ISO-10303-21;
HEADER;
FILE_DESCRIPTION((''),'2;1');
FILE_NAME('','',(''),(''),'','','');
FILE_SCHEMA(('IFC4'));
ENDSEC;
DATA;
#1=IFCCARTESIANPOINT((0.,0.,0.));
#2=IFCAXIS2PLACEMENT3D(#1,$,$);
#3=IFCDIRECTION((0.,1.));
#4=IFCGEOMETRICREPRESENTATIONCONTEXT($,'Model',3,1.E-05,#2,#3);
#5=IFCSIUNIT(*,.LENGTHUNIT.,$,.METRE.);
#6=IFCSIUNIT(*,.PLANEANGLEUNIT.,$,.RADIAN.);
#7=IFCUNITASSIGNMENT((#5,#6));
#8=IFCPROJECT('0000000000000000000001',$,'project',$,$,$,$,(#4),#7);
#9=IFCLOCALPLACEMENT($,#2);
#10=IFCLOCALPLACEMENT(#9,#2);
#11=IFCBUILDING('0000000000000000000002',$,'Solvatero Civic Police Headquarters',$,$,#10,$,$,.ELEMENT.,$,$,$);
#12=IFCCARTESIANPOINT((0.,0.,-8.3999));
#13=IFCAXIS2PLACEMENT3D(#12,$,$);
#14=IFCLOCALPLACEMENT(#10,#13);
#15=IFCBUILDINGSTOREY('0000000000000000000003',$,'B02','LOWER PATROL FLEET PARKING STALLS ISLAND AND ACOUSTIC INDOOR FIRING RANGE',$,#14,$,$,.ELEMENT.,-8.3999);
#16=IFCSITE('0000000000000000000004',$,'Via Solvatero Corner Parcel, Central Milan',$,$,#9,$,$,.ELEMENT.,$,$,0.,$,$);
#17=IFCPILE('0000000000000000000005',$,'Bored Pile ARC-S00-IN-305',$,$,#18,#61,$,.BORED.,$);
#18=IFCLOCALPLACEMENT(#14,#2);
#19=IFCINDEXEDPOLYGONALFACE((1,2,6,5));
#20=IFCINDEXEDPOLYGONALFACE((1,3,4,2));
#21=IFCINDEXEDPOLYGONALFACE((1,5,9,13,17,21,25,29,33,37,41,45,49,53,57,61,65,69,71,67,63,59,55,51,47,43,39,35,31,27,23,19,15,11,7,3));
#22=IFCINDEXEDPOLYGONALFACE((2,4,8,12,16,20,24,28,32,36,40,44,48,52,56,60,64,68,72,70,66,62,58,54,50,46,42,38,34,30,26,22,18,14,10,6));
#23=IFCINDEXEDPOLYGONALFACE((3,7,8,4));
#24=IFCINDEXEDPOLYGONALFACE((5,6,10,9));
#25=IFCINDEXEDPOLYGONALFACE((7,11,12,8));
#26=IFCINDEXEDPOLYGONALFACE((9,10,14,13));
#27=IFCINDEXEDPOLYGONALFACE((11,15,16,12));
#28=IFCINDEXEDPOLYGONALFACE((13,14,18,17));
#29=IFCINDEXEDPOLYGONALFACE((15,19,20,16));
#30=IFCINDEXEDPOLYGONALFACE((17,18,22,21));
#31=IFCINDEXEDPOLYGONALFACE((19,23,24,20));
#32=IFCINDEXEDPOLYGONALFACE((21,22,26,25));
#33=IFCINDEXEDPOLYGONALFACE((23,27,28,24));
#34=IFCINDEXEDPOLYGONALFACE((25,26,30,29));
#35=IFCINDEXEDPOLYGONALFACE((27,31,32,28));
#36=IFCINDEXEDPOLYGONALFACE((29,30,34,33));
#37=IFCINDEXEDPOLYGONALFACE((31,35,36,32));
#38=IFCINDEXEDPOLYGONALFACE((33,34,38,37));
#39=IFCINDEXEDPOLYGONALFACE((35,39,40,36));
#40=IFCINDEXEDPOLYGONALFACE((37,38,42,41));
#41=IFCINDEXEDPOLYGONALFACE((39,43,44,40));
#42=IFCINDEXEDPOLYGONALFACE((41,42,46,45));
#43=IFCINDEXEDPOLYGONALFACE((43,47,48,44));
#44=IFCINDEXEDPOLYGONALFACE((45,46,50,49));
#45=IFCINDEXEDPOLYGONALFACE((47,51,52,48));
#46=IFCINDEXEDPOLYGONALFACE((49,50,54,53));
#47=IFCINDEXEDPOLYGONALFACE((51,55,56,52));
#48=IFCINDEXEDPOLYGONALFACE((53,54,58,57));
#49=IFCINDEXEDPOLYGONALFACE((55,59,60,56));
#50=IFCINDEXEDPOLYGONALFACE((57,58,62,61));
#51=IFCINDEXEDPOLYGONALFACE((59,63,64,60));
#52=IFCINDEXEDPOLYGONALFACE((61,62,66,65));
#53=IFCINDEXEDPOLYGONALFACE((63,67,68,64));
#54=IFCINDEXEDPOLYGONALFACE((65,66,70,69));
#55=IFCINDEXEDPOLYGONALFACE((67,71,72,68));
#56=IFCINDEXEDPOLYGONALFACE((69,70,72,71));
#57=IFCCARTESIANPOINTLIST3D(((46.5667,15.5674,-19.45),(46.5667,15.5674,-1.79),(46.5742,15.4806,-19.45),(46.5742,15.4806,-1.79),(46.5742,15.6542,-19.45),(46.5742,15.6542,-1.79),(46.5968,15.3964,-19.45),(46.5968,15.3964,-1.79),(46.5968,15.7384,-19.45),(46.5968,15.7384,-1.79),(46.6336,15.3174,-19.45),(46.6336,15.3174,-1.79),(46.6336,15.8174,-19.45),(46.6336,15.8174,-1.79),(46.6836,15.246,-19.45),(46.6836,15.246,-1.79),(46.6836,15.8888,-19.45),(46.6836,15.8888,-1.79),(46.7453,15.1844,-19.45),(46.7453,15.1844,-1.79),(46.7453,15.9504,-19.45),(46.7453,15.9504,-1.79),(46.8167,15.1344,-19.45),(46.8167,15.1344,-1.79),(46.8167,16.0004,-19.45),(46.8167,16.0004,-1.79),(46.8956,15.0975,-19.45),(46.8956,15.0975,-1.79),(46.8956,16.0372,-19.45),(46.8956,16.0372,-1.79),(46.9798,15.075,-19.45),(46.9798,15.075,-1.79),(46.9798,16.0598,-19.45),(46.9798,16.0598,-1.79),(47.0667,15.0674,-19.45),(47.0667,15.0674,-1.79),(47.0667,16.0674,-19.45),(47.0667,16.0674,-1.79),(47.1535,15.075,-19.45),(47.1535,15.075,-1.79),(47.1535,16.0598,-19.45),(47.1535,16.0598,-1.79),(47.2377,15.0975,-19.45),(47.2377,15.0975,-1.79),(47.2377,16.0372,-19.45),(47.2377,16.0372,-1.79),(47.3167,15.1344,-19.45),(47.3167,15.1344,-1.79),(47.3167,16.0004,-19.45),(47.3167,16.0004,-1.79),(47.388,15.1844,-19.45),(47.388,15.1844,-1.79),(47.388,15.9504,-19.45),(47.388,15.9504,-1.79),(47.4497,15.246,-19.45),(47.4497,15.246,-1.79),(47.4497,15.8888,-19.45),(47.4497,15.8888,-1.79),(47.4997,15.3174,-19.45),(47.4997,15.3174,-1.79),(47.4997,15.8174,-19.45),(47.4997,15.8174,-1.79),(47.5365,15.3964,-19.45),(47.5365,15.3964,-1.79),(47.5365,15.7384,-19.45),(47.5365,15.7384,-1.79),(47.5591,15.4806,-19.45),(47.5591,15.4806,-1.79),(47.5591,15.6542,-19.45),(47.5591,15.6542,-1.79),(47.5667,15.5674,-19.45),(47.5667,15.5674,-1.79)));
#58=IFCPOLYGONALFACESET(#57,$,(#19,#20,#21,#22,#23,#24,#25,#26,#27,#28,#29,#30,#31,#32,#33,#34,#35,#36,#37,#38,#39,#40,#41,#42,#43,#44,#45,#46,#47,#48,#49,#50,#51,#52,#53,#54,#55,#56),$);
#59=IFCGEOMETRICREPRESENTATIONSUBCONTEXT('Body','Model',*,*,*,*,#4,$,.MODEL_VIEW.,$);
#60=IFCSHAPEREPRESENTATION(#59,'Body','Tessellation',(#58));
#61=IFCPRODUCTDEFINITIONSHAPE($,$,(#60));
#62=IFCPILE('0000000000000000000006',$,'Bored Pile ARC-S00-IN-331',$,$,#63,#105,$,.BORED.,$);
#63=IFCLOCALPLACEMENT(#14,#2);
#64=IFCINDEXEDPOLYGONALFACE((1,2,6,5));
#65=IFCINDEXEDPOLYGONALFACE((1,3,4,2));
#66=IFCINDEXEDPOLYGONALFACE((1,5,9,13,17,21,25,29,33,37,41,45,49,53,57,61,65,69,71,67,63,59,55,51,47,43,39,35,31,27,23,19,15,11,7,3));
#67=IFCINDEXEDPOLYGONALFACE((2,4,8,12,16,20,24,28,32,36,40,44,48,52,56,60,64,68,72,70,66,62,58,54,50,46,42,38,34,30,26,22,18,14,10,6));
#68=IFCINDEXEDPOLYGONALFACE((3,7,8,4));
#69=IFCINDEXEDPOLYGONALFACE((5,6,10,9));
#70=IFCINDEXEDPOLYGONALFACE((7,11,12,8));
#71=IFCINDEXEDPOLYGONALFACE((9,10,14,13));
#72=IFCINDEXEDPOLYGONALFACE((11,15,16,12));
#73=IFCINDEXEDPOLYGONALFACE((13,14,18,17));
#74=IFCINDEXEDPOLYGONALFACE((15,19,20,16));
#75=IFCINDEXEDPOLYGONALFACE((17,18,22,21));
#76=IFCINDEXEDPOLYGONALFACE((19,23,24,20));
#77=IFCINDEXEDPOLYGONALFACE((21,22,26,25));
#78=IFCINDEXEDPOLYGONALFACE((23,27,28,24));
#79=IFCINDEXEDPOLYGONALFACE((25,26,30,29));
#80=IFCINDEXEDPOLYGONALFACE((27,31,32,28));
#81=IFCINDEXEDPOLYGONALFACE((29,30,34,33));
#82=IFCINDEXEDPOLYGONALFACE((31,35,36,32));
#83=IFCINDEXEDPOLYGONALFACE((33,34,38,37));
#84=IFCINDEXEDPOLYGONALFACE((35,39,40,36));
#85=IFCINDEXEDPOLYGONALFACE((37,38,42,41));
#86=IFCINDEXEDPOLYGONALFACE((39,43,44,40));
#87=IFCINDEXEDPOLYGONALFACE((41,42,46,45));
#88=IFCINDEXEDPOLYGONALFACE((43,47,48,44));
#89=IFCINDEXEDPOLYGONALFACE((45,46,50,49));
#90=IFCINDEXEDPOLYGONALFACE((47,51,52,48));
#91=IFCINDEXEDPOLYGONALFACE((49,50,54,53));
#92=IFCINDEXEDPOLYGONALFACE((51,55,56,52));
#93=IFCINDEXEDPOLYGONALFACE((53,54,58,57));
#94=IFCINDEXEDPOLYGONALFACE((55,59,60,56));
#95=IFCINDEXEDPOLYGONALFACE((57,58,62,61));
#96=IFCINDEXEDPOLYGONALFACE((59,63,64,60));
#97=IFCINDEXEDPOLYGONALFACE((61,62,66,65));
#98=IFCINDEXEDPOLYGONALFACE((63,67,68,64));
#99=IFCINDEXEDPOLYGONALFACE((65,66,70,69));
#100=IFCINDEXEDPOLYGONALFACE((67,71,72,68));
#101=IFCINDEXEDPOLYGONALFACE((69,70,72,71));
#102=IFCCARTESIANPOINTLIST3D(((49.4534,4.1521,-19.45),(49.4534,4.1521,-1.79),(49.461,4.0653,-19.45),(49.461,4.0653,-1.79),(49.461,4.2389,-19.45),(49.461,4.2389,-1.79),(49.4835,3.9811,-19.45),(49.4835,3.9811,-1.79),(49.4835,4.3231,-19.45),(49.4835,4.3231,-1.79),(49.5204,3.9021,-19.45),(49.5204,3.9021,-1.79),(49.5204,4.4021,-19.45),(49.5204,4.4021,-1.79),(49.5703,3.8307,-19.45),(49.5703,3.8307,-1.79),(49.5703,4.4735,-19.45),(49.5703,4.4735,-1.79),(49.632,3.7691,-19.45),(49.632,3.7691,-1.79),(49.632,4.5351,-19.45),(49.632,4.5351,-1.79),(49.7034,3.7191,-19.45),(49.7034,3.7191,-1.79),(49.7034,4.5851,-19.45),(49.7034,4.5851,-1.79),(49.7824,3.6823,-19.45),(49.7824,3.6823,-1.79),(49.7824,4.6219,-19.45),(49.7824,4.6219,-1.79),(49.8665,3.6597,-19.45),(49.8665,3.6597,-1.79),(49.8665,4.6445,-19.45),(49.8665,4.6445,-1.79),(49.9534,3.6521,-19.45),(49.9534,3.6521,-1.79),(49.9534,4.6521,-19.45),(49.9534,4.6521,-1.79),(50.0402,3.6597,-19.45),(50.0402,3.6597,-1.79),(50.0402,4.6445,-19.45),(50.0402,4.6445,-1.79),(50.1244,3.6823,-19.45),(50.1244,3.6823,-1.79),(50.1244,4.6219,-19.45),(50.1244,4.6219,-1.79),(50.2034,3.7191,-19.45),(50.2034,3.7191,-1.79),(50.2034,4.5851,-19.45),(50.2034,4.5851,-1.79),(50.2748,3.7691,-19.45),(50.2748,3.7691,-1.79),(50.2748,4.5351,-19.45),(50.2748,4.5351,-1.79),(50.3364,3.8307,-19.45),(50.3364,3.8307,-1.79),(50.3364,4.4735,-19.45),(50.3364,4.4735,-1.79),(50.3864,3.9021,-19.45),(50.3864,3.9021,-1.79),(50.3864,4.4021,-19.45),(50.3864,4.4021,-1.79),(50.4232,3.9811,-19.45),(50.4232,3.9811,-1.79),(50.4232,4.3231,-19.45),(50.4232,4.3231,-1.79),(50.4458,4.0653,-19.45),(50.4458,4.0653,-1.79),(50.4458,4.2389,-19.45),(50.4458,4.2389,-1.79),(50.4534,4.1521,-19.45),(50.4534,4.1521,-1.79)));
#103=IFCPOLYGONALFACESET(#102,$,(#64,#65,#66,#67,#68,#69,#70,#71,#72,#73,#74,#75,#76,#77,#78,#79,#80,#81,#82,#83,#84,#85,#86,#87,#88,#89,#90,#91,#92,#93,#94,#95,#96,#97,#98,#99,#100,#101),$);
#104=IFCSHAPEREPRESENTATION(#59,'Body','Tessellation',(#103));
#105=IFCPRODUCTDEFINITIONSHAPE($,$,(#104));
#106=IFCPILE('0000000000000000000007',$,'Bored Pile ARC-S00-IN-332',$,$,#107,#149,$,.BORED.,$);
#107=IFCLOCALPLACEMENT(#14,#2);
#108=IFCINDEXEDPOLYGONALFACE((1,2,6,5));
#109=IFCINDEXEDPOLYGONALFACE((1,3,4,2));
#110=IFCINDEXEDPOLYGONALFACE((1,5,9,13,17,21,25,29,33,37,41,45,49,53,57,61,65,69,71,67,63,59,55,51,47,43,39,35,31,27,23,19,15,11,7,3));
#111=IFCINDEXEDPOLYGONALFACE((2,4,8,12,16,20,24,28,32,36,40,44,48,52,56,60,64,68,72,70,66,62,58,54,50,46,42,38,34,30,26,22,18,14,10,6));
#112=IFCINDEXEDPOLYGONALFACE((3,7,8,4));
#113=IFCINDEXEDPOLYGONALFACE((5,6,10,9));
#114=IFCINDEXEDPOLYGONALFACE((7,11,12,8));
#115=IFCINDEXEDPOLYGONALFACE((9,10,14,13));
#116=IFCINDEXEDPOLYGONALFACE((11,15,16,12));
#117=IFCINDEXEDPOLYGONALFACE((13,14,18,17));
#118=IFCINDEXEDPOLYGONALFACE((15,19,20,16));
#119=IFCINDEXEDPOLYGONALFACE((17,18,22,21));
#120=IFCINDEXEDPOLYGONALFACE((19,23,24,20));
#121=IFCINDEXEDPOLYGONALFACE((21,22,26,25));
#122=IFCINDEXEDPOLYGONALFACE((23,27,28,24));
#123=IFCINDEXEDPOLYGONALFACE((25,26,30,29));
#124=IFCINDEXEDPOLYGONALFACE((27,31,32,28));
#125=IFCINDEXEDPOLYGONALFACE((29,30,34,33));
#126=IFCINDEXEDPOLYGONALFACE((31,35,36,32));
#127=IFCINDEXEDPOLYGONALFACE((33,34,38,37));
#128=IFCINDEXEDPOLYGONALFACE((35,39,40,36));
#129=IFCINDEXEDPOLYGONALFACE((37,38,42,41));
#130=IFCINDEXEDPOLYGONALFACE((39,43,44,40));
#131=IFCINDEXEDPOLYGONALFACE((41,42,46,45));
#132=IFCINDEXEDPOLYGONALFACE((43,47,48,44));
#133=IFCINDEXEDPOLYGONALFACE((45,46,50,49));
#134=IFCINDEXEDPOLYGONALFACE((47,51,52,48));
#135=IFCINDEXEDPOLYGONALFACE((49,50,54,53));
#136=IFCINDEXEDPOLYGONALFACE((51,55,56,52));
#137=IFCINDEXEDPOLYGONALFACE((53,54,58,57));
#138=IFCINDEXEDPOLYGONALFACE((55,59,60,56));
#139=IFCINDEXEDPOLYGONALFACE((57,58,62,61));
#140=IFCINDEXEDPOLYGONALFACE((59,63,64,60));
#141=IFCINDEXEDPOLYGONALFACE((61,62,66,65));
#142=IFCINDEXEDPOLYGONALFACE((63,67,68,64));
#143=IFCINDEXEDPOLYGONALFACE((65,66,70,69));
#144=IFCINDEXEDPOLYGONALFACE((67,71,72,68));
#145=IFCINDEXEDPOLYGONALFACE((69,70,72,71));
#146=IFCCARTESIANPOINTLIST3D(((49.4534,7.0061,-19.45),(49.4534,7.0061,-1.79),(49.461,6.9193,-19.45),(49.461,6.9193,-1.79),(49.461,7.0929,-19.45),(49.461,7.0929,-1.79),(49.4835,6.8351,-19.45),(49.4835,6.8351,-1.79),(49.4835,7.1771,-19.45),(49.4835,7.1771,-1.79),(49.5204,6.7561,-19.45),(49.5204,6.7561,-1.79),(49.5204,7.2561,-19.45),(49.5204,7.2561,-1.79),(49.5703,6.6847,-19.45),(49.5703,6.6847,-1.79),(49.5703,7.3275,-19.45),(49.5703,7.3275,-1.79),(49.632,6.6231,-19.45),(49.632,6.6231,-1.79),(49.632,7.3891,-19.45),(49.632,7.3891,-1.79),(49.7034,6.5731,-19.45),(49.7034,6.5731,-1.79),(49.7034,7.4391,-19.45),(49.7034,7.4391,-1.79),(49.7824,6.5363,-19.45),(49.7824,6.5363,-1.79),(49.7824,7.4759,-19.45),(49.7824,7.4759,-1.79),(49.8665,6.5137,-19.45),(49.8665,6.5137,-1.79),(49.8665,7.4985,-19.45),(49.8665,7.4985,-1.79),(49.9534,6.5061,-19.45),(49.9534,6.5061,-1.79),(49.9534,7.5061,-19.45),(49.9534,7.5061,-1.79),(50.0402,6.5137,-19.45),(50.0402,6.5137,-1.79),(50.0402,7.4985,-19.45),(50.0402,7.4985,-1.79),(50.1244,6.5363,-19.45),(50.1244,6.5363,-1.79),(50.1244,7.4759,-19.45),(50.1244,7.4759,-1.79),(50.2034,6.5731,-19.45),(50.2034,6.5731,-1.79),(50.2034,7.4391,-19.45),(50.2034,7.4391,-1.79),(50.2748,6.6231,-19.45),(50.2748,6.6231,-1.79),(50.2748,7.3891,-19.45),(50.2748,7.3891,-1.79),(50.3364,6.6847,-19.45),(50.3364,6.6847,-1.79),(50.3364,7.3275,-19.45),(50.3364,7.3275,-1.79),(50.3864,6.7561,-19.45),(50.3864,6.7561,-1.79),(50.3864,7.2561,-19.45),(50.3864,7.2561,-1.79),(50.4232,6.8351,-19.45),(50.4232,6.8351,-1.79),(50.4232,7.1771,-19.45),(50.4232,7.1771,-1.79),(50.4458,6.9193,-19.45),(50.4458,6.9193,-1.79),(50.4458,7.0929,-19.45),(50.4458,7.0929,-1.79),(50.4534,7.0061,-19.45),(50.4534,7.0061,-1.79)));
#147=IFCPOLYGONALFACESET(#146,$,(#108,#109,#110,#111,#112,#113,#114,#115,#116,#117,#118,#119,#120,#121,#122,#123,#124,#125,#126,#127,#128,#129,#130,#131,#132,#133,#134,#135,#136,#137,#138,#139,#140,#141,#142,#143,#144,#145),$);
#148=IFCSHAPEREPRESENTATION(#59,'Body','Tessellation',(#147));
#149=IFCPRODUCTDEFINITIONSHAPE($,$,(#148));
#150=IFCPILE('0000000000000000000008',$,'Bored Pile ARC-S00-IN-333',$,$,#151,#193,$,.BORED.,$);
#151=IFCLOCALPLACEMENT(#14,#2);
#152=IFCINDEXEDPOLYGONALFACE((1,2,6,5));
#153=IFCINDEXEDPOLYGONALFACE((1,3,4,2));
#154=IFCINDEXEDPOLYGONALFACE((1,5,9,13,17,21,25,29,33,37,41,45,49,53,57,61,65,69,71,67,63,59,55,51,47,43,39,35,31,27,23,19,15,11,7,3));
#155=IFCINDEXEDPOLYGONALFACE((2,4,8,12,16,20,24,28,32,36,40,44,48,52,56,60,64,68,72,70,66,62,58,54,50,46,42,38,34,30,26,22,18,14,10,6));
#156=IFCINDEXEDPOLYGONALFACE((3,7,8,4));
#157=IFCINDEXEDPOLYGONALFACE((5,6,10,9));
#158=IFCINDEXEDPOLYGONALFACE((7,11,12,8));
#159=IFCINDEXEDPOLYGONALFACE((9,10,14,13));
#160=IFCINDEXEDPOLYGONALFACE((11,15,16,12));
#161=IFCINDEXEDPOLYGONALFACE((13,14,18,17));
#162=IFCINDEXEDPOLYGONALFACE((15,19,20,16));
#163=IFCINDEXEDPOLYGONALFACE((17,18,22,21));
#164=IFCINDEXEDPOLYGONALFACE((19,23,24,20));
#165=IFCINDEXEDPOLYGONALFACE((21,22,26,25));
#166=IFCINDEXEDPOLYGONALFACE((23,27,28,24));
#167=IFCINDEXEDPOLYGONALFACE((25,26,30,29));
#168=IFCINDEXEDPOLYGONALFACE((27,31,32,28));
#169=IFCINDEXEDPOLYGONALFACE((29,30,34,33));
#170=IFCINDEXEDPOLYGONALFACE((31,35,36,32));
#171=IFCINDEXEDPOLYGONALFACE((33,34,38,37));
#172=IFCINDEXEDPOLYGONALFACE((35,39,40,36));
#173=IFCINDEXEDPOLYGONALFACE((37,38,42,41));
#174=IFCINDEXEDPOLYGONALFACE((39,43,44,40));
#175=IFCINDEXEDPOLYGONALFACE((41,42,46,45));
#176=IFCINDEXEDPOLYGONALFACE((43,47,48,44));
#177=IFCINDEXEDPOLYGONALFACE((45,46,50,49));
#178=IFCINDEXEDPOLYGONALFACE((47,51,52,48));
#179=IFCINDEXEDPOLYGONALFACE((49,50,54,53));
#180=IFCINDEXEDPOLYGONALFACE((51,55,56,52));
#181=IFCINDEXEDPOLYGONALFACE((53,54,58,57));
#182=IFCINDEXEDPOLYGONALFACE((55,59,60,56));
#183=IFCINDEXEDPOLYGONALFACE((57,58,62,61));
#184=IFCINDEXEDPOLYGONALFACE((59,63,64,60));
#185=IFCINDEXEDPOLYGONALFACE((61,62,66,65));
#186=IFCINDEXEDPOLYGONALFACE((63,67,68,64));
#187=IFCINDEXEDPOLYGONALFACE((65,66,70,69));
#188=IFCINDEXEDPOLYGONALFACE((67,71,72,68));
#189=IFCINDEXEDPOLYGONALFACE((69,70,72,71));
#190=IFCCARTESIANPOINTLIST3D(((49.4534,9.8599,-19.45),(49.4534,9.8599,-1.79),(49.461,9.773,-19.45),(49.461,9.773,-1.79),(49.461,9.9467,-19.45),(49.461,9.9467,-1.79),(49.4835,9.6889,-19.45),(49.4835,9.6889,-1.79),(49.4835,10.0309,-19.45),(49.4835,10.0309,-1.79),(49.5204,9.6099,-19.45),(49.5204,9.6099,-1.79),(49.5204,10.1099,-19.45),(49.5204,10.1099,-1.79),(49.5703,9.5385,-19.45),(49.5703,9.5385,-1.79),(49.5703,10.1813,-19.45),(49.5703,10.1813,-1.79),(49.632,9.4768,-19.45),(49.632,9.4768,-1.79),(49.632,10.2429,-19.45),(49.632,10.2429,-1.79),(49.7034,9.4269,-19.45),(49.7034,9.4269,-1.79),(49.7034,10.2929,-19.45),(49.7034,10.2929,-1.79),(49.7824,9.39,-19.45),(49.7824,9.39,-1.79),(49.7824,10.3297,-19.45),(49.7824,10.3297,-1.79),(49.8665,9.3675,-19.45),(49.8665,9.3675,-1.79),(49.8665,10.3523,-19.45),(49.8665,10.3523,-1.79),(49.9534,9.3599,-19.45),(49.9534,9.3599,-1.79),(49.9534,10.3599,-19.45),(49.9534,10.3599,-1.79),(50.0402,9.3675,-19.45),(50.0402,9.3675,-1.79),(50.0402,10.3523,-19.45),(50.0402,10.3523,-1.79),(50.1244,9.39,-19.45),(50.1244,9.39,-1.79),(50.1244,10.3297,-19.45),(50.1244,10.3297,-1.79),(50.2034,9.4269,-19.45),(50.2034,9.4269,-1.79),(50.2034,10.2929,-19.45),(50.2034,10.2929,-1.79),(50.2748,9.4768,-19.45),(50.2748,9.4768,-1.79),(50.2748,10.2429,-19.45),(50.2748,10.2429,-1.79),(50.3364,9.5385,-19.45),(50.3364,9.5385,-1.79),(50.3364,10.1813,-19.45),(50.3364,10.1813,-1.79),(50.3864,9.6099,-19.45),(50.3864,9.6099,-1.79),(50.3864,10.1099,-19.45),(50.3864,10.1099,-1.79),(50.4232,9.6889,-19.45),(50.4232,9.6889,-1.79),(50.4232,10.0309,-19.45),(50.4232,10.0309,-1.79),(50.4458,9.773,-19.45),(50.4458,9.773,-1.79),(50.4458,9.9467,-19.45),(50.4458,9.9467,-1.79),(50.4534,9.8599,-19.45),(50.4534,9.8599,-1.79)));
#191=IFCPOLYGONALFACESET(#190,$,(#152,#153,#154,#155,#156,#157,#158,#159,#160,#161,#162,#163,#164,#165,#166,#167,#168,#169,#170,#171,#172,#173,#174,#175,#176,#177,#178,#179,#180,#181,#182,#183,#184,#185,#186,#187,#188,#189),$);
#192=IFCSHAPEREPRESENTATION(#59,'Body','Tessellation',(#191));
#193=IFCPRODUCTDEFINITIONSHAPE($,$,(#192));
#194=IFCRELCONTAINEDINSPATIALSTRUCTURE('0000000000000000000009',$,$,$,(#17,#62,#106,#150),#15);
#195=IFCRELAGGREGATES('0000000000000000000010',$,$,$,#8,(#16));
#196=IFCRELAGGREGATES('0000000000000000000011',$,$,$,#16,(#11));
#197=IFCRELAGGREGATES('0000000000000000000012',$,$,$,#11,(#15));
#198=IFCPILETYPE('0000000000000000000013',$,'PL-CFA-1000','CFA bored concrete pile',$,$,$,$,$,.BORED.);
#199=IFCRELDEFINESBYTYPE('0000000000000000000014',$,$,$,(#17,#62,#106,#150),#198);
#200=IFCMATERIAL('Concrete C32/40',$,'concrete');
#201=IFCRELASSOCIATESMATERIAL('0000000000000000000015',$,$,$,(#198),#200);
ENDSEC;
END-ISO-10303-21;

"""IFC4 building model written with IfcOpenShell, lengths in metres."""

from ifc_helpers import new_model, si_unit, direction, frame, origin, origin_2d, place, context, subcontext, project, spatial, circle, extrude, material, material_profile, profile_set, type_object, element, save


model = new_model("IFC4")

# Units and contexts
model_context = context("Model", 3, precision=1e-05, world=origin(), true_north=direction((0.0, 1.0)))
body_context = subcontext(model_context, "Body", "Model", "MODEL_VIEW")
ifc_project = project(units=[si_unit("LENGTHUNIT", "METRE"), si_unit("PLANEANGLEUNIT", "RADIAN")], contexts=[model_context])

# Site, building, storey
site_placement = place(None, origin())
site = spatial("IfcSite", under=ifc_project, at=site_placement, Name="Via Solvatero Corner Parcel, Central Milan", CompositionType="ELEMENT", RefElevation=0.0)
building_placement = place(site_placement, origin())
building = spatial("IfcBuilding", under=site, at=building_placement, Name="Solvatero Civic Police Headquarters", CompositionType="ELEMENT")
storey_placement = place(building_placement, frame((0.0, 0.0, -8.3999)))
storey = spatial("IfcBuildingStorey", under=building, at=storey_placement, Name="B02", Description="LOWER PATROL FLEET PARKING STALLS ISLAND AND ACOUSTIC INDOOR FIRING RANGE", CompositionType="ELEMENT", Elevation=-8.3999)

# Piles
ifc_material_1 = material(Name="Concrete C32/40", Category="concrete")
ifc_material_profile_1 = material_profile(ifc_material_1, circle(Radius=0.5, at=origin_2d()), Name="CFA PILE D1000")
ifc_profile_set_1 = profile_set([ifc_material_profile_1], Name="Concrete C32/40")
pile_type = type_object("IfcPileType", Name="PL-CFA-1000", Description="CFA bored concrete pile", PredefinedType="BORED", material=ifc_profile_set_1)
for number, where, z_axis, x_axis, name in (
    (1, (47.0667, 15.5674, -1.79), (0.0, 0.0, -1.0), (1.0, 0.0, 0.0), "Bored Pile ARC-S00-IN-305"),
    (2, (49.9534, 4.1521, -1.79), (0.0, 0.0, -1.0), (1.0, 0.0, 0.0), "Bored Pile ARC-S00-IN-331"),
    (3, (49.9534, 7.0061, -1.79), (0.0, 0.0, -1.0), (1.0, 0.0, 0.0), "Bored Pile ARC-S00-IN-332"),
    (4, (49.9534, 9.8599, -1.79), (0.0, 0.0, -1.0), (1.0, 0.0, 0.0), "Bored Pile ARC-S00-IN-333"),
):
    element("IfcPile", number, at=place(storey_placement, frame(where, z_axis=z_axis, x_axis=x_axis)), inside=storey, type_object=pile_type, Name=name, PredefinedType="BORED", context=body_context, shape_type="SweptSolid", body=[
        extrude(circle(Radius=0.5, at=origin_2d()), origin(), (0.0, 0.0, 1.0), 17.6599),
    ])

save(model, "model.ifc")
